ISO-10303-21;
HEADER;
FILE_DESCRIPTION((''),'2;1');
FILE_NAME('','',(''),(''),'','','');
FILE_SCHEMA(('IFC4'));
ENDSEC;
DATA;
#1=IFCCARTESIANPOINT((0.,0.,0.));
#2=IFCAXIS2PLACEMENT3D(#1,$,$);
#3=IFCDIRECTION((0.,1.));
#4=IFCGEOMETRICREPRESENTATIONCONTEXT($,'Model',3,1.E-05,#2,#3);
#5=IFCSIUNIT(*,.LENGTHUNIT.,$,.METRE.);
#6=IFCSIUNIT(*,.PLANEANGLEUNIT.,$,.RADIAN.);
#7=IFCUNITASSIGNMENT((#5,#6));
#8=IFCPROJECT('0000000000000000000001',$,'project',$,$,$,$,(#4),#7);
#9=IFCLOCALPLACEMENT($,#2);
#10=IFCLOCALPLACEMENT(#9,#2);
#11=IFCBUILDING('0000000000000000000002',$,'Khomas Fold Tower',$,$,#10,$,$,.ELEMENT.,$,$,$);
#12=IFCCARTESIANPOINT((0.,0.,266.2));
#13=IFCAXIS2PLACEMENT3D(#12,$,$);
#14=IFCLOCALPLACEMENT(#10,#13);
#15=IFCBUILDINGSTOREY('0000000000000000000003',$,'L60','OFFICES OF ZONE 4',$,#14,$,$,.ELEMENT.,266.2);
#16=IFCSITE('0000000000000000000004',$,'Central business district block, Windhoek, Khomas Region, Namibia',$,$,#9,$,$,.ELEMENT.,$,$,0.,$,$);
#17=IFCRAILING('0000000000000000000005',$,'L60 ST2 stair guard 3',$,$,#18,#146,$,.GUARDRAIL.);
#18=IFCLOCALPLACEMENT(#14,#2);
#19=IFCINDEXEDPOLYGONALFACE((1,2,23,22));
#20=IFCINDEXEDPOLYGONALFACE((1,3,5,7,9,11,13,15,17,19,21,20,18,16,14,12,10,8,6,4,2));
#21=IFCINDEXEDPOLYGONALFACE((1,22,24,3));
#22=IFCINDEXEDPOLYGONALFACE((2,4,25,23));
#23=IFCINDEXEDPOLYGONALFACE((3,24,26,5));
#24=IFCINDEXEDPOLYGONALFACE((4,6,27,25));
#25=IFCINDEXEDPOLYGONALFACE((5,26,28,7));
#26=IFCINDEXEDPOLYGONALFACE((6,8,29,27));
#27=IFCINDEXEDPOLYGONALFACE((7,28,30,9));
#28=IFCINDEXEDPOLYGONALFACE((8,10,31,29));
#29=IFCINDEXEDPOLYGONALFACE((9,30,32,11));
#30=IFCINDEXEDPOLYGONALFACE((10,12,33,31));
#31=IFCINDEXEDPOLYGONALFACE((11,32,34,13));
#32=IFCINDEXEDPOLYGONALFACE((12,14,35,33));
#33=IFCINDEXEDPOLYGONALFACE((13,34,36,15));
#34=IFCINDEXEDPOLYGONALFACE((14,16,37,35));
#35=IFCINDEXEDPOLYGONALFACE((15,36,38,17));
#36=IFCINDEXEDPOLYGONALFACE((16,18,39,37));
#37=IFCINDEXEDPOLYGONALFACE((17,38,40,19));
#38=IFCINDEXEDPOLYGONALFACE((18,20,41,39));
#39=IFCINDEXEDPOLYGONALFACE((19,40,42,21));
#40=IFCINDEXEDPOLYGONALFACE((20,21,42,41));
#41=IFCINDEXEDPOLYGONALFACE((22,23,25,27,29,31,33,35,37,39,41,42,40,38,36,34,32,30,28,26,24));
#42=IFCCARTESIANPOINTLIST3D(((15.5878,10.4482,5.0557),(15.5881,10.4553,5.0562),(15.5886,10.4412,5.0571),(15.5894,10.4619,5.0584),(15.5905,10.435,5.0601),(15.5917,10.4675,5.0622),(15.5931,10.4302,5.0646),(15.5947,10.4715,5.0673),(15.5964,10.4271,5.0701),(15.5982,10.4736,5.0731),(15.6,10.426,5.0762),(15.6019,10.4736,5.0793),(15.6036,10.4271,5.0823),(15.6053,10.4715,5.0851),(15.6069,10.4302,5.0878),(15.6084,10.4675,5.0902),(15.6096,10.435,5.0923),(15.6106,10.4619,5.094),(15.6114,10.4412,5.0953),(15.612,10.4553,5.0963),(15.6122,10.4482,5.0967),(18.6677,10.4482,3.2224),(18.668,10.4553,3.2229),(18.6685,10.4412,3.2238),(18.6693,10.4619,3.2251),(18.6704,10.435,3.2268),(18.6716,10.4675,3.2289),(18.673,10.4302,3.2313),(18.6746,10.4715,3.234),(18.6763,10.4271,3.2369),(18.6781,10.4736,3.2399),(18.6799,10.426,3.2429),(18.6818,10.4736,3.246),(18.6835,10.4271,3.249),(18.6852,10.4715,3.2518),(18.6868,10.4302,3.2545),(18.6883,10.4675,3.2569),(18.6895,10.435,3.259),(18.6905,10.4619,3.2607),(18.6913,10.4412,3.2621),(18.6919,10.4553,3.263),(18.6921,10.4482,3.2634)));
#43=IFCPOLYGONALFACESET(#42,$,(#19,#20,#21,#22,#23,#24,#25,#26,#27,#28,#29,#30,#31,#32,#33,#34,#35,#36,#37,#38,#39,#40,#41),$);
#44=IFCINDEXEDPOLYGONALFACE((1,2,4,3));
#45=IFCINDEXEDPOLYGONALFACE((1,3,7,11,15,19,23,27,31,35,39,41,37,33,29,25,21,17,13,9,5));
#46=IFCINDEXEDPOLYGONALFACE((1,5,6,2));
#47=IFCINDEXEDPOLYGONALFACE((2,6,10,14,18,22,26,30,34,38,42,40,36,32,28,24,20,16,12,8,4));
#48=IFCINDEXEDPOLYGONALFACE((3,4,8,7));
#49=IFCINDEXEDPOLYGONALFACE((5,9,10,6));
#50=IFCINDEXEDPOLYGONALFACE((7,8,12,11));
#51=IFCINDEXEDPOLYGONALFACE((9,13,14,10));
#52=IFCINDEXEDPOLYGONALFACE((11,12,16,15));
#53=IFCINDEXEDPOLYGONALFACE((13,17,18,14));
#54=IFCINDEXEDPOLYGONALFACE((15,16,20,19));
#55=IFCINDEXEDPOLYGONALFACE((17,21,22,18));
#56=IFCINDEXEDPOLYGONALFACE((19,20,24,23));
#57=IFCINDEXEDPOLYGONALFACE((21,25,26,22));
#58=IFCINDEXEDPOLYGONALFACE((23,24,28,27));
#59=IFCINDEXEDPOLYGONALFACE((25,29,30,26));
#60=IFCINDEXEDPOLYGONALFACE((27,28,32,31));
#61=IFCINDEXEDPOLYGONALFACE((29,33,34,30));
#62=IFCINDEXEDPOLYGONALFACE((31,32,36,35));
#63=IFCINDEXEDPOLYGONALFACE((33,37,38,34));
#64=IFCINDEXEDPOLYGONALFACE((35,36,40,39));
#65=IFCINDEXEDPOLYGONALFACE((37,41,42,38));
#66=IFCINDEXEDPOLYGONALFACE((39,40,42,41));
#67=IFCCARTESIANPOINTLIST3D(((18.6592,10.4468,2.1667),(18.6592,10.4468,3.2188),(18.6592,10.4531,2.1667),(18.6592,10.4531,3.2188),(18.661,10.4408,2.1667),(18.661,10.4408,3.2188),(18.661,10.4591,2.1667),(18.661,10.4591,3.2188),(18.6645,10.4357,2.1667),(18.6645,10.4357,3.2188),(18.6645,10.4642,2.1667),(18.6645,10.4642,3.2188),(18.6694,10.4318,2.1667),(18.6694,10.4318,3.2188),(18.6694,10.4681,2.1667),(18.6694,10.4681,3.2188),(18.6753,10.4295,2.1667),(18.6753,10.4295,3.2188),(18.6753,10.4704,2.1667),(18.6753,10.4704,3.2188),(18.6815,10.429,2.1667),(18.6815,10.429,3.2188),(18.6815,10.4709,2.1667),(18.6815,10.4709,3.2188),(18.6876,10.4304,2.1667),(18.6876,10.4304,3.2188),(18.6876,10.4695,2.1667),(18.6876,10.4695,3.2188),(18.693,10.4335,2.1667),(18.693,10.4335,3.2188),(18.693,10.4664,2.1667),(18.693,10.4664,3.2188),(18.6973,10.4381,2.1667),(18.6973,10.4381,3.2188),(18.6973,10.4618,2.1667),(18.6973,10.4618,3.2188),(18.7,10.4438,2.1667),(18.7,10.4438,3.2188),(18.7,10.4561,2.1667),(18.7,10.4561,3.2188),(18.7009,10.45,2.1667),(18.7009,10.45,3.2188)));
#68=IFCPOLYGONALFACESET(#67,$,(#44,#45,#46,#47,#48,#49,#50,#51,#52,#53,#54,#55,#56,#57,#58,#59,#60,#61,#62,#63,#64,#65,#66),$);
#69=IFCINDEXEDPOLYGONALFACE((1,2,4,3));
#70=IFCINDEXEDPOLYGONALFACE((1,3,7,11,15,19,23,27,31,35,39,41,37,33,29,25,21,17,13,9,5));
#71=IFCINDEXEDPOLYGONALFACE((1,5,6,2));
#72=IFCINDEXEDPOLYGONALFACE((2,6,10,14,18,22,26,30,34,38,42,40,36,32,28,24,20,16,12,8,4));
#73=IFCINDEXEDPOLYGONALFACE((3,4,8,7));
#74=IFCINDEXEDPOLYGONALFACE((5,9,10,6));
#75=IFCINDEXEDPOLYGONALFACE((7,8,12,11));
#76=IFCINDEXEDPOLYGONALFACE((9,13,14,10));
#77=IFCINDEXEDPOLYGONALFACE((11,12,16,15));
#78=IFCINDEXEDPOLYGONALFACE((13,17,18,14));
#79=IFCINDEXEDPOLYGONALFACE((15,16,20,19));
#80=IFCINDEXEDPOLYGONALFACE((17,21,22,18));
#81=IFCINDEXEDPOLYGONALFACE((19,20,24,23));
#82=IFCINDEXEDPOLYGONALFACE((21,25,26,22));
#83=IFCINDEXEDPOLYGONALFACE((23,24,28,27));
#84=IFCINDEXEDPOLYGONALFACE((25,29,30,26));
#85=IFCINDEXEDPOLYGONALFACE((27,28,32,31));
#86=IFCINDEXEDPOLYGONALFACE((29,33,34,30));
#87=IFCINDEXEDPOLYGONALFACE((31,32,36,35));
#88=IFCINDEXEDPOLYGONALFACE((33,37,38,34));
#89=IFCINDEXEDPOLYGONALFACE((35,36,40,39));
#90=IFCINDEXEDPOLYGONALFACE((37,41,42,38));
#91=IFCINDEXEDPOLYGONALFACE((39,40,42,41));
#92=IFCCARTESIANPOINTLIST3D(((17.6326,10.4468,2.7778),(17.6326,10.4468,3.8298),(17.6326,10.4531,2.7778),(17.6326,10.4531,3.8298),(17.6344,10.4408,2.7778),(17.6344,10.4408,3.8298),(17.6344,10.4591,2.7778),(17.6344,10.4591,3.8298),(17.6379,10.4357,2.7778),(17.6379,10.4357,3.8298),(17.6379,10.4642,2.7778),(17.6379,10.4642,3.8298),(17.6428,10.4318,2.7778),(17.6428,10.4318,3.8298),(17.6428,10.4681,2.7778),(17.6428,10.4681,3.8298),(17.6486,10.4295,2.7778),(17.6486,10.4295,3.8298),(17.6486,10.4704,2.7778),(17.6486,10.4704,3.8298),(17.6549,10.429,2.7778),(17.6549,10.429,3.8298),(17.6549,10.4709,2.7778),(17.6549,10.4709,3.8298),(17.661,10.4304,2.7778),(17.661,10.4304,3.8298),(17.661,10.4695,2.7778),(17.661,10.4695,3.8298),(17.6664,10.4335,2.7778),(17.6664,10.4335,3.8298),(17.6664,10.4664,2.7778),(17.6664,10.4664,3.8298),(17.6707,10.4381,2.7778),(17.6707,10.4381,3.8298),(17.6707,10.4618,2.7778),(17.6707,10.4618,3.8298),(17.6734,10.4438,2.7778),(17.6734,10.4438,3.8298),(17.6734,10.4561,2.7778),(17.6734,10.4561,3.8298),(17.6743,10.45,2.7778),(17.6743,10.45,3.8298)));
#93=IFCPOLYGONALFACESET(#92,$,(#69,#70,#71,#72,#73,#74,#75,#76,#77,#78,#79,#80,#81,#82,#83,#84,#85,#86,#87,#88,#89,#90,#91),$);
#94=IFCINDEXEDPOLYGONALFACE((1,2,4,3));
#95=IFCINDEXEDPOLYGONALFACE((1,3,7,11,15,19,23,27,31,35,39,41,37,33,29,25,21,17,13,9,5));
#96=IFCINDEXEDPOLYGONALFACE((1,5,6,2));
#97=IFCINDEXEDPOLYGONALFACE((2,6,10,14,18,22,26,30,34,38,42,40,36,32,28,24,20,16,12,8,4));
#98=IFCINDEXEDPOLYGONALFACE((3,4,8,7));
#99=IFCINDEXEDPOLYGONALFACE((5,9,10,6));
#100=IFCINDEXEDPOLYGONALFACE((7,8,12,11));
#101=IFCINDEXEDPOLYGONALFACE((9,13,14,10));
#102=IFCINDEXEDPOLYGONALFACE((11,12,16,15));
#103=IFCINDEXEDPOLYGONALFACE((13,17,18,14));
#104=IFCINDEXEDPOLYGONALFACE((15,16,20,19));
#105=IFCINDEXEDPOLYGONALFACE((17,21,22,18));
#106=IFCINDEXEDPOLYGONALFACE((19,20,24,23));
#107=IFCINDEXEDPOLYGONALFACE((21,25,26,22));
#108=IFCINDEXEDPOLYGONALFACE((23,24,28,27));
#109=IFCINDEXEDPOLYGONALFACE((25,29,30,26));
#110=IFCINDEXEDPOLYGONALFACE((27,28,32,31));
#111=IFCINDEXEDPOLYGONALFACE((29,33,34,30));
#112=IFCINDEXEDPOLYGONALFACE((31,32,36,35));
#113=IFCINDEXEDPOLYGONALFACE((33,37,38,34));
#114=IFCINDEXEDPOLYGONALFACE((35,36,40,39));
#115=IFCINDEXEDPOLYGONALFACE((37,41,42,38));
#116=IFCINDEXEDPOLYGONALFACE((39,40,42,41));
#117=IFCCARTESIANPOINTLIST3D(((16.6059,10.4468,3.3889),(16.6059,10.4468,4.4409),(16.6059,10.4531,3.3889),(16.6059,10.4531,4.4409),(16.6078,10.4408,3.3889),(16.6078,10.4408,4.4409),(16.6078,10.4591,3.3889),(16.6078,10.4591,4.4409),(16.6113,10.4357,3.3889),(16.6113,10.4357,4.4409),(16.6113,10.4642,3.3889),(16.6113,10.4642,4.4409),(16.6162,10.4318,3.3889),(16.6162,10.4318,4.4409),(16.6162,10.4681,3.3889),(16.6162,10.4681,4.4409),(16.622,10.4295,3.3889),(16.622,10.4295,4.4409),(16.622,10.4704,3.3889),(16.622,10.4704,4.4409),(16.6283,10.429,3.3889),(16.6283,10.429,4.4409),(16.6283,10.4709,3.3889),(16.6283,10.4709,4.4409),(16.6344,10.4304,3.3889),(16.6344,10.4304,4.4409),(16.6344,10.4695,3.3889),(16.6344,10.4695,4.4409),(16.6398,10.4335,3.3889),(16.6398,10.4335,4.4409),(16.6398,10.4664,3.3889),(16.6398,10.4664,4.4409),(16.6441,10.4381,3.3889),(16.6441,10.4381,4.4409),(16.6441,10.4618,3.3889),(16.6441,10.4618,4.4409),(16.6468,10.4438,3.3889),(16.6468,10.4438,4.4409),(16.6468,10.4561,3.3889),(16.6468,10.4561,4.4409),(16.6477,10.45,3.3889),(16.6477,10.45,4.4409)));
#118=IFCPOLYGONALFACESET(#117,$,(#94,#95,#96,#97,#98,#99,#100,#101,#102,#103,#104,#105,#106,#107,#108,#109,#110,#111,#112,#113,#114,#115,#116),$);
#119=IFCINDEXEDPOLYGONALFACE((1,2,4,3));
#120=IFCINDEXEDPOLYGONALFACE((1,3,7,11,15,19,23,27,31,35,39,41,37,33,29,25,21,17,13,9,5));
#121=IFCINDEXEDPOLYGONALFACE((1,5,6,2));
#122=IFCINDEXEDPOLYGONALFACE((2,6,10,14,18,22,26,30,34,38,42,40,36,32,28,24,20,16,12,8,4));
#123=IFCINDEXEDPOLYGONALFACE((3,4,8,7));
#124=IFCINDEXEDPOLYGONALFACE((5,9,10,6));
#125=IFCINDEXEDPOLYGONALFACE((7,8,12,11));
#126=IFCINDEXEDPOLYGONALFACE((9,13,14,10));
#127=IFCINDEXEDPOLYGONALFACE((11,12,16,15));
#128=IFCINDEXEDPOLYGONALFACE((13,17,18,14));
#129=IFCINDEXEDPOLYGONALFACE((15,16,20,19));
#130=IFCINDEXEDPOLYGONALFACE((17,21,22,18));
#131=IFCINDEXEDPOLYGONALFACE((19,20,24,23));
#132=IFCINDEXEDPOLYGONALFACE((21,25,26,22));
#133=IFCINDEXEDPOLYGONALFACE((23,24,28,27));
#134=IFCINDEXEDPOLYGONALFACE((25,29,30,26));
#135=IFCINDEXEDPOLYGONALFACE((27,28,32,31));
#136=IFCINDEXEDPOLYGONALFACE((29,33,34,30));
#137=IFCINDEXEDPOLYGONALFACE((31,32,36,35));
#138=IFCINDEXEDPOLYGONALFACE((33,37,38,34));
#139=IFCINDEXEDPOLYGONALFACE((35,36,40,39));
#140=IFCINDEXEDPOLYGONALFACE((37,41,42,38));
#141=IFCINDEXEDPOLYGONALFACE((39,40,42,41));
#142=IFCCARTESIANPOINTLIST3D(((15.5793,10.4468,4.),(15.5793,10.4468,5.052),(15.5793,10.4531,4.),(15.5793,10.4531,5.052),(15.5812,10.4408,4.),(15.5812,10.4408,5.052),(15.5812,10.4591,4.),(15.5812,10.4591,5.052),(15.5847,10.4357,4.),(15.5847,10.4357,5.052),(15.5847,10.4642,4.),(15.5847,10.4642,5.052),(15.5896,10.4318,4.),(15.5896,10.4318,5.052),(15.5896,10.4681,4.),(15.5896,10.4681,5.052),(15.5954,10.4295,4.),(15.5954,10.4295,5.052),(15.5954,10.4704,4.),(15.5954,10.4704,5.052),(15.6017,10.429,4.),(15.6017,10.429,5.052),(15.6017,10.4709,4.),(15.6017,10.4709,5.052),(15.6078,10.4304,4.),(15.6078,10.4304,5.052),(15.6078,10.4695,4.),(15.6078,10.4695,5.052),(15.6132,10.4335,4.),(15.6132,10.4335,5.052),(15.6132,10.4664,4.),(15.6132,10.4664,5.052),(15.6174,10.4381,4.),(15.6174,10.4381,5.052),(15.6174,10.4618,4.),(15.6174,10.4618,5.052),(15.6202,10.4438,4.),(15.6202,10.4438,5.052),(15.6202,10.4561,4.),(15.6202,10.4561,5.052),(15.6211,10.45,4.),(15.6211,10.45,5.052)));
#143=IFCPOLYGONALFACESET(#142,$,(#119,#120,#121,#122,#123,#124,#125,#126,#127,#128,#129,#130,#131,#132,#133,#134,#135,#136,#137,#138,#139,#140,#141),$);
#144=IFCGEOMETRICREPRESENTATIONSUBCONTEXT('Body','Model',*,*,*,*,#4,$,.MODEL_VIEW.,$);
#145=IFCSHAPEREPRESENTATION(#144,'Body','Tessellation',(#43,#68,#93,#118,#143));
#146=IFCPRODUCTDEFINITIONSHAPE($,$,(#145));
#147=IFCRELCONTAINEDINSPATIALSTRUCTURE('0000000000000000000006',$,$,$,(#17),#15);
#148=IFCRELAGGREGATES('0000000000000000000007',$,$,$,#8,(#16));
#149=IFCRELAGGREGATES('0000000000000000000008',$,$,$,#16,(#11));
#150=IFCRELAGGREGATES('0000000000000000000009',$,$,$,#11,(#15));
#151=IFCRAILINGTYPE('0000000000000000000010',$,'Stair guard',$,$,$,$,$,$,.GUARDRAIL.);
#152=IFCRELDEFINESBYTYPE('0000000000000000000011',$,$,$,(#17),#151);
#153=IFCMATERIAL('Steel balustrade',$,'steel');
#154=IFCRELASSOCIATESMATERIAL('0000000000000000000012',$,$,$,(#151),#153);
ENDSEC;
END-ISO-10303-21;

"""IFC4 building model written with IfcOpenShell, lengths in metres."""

from ifc_helpers import new_model, si_unit, direction, frame, origin, origin_2d, place, context, subcontext, project, spatial, circle, extrude, source, transform, mapped, material, type_object, element, save


model = new_model("IFC4")

# Units and contexts
model_context = context("Model", 3, precision=1e-05, world=origin(), true_north=direction((0.0, 1.0)))
body_context = subcontext(model_context, "Body", "Model", "MODEL_VIEW")
ifc_project = project(units=[si_unit("LENGTHUNIT", "METRE"), si_unit("PLANEANGLEUNIT", "RADIAN")], contexts=[model_context])

# Site, building, storey
site_placement = place(None, origin())
site = spatial("IfcSite", under=ifc_project, at=site_placement, Name="Central business district block, Windhoek, Khomas Region, Namibia", CompositionType="ELEMENT", RefElevation=0.0)
building_placement = place(site_placement, origin())
building = spatial("IfcBuilding", under=site, at=building_placement, Name="Khomas Fold Tower", CompositionType="ELEMENT")
storey_placement = place(building_placement, frame((0.0, 0.0, 266.2)))
storey = spatial("IfcBuildingStorey", under=building, at=storey_placement, Name="L60", Description="OFFICES OF ZONE 4", CompositionType="ELEMENT", Elevation=266.2)

# Railing
ifc_material_1 = material(Name="Steel balustrade", Category="steel")
railing_type_1 = type_object("IfcRailingType", Name="Stair guard", PredefinedType="GUARDRAIL", material=ifc_material_1)
shared_shape_1 = source(origin(), body_context, "Body", "SweptSolid", [
    extrude(circle(Radius=0.0239, at=origin_2d()), frame((0.0, 0.0, 1.0762), z_axis=(-0.859291, 0.0, 0.511487), x_axis=(0.0, -1.0, 0.0)), (0.0, 0.0, 1.0), 3.5842),
    extrude(circle(Radius=0.021, at=origin_2d()), origin(), (0.0, 0.0, 1.0), 1.052),
    extrude(circle(Radius=0.021, at=origin_2d()), frame((-1.0266, 0.0, 0.6111)), (0.0, 0.0, 1.0), 1.052),
    extrude(circle(Radius=0.021, at=origin_2d()), frame((-2.0532, 0.0, 1.2222)), (0.0, 0.0, 1.0), 1.052),
    extrude(circle(Radius=0.021, at=origin_2d()), frame((-3.0798, 0.0, 1.8333)), (0.0, 0.0, 1.0), 1.052),
])
railing_1_placement = place(storey_placement, frame((18.6799, 10.45, 2.1667)))
element("IfcRailing", 1, at=railing_1_placement, inside=storey, type_object=railing_type_1, Name="L60 ST2 stair guard 3", PredefinedType="GUARDRAIL", context=body_context, shape_type="MappedRepresentation", body=[
    mapped(shared_shape_1, transform((0.0, 0.0, 0.0))),
])

save(model, "model.ifc")
